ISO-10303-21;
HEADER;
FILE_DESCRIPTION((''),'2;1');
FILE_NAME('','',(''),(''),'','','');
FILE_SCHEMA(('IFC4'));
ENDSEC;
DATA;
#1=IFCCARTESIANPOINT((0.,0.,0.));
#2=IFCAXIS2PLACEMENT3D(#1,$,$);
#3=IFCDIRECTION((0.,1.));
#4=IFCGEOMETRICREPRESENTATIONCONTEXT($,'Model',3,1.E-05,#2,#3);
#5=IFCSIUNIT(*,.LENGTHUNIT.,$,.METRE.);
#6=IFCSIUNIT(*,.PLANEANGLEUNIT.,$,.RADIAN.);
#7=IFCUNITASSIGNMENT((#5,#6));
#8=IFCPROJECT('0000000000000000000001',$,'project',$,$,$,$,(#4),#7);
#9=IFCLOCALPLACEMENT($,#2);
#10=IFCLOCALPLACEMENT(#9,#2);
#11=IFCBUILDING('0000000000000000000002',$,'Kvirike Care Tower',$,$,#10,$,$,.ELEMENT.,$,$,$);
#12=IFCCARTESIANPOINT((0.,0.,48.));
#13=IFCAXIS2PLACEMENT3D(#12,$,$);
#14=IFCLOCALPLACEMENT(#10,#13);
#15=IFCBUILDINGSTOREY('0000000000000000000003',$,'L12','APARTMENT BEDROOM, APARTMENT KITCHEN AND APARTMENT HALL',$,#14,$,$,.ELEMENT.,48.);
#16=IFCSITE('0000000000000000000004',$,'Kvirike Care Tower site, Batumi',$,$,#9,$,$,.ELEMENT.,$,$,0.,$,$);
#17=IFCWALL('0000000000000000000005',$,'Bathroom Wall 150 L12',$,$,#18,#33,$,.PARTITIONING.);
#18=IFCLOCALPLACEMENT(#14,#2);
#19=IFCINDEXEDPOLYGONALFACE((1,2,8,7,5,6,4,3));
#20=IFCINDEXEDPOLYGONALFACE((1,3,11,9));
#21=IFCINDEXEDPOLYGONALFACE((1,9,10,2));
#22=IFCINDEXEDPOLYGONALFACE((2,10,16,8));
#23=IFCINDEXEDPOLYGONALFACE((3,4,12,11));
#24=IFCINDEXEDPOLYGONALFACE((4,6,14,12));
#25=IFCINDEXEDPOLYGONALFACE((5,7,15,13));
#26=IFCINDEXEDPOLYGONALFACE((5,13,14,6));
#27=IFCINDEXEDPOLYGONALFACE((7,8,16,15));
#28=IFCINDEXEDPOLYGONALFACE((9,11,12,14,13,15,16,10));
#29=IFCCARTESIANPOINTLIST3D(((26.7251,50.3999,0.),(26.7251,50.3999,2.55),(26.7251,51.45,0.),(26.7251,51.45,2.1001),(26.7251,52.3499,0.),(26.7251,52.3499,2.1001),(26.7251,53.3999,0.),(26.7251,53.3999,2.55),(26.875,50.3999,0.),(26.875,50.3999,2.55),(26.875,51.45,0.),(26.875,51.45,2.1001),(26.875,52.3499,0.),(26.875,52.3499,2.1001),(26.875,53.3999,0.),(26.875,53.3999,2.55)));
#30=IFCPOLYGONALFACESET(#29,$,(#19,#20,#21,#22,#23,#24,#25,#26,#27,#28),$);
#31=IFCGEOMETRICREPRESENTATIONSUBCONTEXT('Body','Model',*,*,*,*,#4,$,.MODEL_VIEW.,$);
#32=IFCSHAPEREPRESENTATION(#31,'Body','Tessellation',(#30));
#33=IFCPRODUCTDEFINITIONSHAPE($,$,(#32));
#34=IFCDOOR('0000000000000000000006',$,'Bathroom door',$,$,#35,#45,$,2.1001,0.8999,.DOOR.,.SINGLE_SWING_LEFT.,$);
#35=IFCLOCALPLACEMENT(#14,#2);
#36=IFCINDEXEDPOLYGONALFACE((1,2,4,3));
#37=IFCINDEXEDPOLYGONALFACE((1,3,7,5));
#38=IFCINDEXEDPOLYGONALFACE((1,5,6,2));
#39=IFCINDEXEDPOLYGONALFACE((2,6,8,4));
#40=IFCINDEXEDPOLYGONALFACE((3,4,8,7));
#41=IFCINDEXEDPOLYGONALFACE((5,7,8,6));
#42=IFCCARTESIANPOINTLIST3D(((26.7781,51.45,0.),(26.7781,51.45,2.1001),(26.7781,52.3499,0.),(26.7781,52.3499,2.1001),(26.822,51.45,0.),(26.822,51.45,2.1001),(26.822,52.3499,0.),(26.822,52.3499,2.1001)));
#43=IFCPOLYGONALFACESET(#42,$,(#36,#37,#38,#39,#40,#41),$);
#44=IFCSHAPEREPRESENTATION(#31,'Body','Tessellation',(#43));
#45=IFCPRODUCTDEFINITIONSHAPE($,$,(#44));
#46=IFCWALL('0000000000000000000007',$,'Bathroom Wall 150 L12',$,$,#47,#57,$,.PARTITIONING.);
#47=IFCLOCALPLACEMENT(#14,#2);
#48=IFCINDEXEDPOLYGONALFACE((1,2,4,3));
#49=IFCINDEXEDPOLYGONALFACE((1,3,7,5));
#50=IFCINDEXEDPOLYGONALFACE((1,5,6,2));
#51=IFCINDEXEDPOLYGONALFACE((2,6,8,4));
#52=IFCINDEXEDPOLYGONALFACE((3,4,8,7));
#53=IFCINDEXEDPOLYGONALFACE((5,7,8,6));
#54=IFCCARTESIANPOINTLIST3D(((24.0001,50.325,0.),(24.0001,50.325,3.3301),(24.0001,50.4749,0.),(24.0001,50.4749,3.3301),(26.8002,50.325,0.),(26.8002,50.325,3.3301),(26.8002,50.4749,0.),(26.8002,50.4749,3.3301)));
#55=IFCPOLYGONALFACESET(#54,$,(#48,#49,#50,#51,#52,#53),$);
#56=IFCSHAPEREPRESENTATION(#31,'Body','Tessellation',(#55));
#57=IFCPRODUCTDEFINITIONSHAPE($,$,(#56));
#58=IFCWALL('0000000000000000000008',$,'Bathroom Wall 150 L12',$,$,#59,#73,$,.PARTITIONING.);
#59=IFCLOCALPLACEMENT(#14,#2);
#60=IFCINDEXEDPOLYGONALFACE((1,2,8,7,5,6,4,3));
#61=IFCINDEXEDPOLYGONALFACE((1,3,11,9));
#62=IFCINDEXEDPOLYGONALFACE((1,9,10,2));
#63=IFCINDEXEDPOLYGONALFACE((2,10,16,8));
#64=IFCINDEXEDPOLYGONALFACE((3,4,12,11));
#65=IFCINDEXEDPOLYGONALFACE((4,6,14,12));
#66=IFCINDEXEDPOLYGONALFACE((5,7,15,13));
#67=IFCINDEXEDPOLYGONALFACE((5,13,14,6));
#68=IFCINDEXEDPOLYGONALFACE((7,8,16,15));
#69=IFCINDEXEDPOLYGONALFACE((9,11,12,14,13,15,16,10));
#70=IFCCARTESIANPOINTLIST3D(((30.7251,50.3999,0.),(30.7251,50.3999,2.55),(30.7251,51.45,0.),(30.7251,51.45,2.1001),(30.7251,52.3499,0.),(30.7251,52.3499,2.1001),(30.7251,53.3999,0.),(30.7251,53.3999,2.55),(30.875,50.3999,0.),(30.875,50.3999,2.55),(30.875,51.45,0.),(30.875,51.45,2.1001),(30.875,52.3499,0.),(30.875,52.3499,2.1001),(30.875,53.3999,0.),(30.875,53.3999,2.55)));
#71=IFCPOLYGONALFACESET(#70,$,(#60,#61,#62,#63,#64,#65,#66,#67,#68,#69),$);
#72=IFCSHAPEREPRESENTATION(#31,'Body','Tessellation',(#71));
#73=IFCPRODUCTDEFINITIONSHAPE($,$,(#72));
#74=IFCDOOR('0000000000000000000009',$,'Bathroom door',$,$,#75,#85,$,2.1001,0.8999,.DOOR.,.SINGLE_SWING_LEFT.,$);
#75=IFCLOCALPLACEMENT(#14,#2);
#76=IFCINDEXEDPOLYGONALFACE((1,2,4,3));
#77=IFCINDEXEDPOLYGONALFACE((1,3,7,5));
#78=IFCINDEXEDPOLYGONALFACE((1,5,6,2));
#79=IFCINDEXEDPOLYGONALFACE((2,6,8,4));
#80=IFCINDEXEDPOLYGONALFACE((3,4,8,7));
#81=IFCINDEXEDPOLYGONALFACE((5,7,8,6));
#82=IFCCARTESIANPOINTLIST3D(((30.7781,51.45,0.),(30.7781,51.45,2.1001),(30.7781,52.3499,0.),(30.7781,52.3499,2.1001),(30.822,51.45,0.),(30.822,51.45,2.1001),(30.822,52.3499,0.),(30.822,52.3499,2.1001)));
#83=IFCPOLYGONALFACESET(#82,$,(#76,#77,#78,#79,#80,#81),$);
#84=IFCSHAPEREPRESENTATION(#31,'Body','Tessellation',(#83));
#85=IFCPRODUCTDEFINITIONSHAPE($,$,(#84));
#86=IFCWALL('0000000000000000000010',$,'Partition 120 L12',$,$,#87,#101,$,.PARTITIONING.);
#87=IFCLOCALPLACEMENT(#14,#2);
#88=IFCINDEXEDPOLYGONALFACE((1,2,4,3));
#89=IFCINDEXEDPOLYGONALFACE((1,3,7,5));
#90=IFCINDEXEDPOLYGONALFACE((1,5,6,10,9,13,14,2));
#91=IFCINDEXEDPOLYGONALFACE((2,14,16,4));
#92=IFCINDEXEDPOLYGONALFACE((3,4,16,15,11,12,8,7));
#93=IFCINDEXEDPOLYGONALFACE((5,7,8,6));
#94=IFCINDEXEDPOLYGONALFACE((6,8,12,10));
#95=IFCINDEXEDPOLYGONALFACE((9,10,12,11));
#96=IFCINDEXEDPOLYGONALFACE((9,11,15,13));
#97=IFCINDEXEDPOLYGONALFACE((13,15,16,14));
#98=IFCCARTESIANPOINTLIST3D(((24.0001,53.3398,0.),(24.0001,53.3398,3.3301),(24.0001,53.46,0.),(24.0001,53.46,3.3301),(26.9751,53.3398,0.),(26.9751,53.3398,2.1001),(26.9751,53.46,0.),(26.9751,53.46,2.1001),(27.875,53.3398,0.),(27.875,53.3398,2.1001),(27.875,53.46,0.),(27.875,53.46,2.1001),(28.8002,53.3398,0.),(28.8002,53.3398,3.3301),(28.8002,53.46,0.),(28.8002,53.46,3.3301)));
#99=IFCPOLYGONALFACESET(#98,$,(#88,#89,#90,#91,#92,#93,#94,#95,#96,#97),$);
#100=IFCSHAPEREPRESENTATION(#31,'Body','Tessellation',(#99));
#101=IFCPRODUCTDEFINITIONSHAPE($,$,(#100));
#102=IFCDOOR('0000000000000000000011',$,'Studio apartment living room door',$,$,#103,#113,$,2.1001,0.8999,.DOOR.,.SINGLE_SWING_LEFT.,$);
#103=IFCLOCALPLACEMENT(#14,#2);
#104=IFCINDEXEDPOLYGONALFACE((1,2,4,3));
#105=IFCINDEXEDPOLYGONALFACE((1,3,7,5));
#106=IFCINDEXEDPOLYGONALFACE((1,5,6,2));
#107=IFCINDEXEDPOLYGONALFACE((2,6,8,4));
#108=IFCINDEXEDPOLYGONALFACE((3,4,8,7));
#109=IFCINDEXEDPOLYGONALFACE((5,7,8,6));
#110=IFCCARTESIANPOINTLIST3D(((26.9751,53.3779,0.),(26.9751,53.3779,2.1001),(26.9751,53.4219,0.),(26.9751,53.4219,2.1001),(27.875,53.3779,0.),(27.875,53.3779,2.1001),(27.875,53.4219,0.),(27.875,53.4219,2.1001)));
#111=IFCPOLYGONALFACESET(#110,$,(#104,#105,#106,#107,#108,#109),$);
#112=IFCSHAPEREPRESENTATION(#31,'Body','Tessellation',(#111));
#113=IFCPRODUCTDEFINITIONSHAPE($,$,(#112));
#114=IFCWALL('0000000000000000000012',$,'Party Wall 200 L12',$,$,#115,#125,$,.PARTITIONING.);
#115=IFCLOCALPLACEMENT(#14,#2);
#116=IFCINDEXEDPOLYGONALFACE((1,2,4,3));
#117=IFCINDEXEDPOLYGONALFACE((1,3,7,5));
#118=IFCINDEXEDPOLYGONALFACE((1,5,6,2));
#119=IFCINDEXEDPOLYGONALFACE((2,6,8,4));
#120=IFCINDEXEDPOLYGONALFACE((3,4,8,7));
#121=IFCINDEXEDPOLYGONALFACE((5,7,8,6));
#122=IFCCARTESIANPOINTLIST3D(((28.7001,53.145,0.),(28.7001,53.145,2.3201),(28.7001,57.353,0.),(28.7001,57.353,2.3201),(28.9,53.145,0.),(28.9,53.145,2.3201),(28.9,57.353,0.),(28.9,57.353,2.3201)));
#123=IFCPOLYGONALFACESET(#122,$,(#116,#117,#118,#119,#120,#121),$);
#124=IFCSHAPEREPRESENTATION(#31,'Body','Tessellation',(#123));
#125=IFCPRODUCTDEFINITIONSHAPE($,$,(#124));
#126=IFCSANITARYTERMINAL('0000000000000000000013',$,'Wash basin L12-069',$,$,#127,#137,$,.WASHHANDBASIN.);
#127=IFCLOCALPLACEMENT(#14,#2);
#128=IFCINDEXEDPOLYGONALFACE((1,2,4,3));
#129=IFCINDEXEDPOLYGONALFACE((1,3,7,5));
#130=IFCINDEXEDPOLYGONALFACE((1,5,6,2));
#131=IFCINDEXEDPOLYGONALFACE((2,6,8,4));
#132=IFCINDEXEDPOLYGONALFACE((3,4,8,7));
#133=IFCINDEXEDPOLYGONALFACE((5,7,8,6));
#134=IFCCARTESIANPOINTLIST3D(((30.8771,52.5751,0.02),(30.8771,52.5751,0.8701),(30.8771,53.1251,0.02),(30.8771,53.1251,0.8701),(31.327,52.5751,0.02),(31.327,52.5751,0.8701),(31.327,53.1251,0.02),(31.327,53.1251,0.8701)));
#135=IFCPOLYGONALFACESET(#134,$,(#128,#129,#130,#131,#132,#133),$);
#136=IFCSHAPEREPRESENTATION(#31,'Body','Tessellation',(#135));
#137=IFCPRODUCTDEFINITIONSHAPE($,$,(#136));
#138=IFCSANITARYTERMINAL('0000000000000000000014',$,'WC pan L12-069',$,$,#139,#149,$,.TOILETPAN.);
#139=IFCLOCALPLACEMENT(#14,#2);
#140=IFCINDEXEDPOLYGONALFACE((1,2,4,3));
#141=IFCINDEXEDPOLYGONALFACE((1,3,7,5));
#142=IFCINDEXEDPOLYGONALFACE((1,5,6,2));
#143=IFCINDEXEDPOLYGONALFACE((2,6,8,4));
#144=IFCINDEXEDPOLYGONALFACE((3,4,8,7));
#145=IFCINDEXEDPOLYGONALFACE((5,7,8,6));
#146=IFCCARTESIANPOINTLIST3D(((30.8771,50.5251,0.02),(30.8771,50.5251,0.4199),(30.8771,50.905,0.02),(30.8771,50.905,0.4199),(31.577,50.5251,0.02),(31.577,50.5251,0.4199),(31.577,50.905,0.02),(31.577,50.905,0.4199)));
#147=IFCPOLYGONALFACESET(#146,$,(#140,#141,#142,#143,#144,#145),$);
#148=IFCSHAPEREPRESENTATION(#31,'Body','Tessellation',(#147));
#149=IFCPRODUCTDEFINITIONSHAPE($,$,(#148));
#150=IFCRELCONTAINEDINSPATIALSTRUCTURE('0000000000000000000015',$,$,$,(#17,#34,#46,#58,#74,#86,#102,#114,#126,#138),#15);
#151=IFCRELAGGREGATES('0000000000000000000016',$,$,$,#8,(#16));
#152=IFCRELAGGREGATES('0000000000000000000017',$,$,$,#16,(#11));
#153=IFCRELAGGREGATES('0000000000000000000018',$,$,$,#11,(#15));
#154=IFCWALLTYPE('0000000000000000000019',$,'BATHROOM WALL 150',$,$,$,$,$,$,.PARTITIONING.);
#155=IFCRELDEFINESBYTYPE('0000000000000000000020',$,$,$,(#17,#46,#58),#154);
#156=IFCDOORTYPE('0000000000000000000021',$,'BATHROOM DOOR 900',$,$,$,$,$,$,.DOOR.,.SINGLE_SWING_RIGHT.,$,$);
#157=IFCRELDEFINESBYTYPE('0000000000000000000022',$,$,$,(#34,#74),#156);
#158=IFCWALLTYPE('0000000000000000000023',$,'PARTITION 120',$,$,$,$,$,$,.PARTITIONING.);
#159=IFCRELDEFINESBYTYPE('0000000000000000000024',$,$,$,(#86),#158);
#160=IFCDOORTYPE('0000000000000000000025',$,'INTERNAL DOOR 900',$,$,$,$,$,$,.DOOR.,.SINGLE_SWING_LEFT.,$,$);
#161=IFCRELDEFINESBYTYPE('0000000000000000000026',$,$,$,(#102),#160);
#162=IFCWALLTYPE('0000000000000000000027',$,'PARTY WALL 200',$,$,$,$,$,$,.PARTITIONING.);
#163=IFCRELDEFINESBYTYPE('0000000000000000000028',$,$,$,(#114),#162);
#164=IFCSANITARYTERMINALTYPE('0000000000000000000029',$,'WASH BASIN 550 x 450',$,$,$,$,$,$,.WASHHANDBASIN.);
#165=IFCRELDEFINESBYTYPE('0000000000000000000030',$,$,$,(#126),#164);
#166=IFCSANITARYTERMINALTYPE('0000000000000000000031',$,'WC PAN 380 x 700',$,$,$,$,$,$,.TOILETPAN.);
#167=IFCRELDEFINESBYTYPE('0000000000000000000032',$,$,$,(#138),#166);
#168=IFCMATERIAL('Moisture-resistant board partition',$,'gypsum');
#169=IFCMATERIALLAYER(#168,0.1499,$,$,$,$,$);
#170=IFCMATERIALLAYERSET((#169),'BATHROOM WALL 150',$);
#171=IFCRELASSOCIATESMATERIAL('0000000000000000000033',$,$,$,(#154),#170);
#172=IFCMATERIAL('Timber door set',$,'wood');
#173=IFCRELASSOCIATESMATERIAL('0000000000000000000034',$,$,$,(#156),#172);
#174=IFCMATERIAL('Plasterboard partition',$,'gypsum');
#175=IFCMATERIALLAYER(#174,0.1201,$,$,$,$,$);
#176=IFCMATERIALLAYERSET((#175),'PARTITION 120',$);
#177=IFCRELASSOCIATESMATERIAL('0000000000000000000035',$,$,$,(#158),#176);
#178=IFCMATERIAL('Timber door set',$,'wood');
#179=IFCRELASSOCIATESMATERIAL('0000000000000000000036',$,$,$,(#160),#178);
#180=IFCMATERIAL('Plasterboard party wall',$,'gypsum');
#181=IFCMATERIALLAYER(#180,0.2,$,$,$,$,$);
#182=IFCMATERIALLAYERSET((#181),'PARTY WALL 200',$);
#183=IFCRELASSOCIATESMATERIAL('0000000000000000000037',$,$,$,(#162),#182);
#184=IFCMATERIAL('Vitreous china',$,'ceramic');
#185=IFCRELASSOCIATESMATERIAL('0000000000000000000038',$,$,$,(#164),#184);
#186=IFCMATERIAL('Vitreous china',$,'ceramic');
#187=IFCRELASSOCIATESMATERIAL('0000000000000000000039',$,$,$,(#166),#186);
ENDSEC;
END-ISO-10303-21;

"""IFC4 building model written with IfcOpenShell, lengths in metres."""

from ifc_helpers import new_model, si_unit, direction, frame, frame_2d, origin, origin_2d, place, context, subcontext, project, spatial, rectangle, extrude, material, layer, layer_set, type_object, element, fill, save


model = new_model("IFC4")

# Units and contexts
model_context = context("Model", 3, precision=1e-05, world=origin(), true_north=direction((0.0, 1.0)))
body_context = subcontext(model_context, "Body", "Model", "MODEL_VIEW")
ifc_project = project(units=[si_unit("LENGTHUNIT", "METRE"), si_unit("PLANEANGLEUNIT", "RADIAN")], contexts=[model_context])

# Site, building, storey
site_placement = place(None, origin())
site = spatial("IfcSite", under=ifc_project, at=site_placement, Name="Kvirike Care Tower site, Batumi", CompositionType="ELEMENT", RefElevation=0.0)
building_placement = place(site_placement, origin())
building = spatial("IfcBuilding", under=site, at=building_placement, Name="Kvirike Care Tower", CompositionType="ELEMENT")
storey_placement = place(building_placement, frame((0.0, 0.0, 48.0)))
storey = spatial("IfcBuildingStorey", under=building, at=storey_placement, Name="L12", Description="APARTMENT BEDROOM, APARTMENT KITCHEN AND APARTMENT HALL", CompositionType="ELEMENT", Elevation=48.0)

# Wall, opening, door
ifc_material_1 = material(Name="Moisture-resistant board partition", Category="gypsum")
ifc_layer_1 = layer(ifc_material_1, 0.1499)
ifc_layer_set_1 = layer_set([ifc_layer_1], Name="BATHROOM WALL 150")
wall_type_1 = type_object("IfcWallType", Name="BATHROOM WALL 150", PredefinedType="PARTITIONING", material=ifc_layer_set_1)
wall_1_placement = place(storey_placement, frame((26.8, 53.3999, 0.0), z_axis=(0.0, 0.0, 1.0), x_axis=(0.0, -1.0, 0.0)))
wall_1 = element("IfcWall", 1, at=wall_1_placement, inside=storey, type_object=wall_type_1, Name="Bathroom Wall 150 L12", PredefinedType="PARTITIONING", context=body_context, shape_type="SweptSolid", body=[
    extrude(rectangle(XDim=3.0, YDim=0.1499, at=frame_2d((1.5, 0.0))), origin(), (0.0, 0.0, 1.0), 2.55),
])
opening_1_placement = place(wall_1_placement, frame((1.05, 0.0, 0.0)))
opening_1 = element("IfcOpeningElement", 2, at=opening_1_placement, cuts=wall_1, PredefinedType="OPENING", context=body_context, shape_type="SweptSolid", body=[
    extrude(rectangle(XDim=0.8999, YDim=2.1001, at=frame_2d((0.45, 1.05))), frame((0.0, 0.0854, 0.0), z_axis=(0.0, -1.0, 0.0), x_axis=(1.0, 0.0, 0.0)), (0.0, 0.0, 1.0), 0.1709),
])
ifc_material_2 = material(Name="Timber door set", Category="wood")
door_type_1 = type_object("IfcDoorType", Name="BATHROOM DOOR 900", OperationType="SINGLE_SWING_RIGHT", PredefinedType="DOOR", material=ifc_material_2)
door_1_placement = place(opening_1_placement, frame((0.8999, 0.0, 0.0), z_axis=(0.0, 0.0, 1.0), x_axis=(-1.0, 0.0, 0.0)))
door_1 = element("IfcDoor", 3, at=door_1_placement, inside=storey, type_object=door_type_1, Name="Bathroom door", OperationType="SINGLE_SWING_LEFT", OverallHeight=2.1001, OverallWidth=0.8999, PredefinedType="DOOR", context=body_context, shape_type="SweptSolid", body=[
    extrude(rectangle(XDim=0.8999, YDim=2.1001, at=frame_2d((0.45, 1.05))), frame((0.0, 0.022, 0.0), z_axis=(0.0, -1.0, 0.0), x_axis=(1.0, 0.0, 0.0)), (0.0, 0.0, 1.0), 0.0439),
])
fill(opening_1, door_1)

# Wall
wall_2_placement = place(storey_placement, frame((26.8, 50.3999, 0.0), z_axis=(0.0, 0.0, 1.0), x_axis=(-1.0, 0.0, 0.0)))
element("IfcWall", 4, at=wall_2_placement, inside=storey, type_object=wall_type_1, Name="Bathroom Wall 150 L12", PredefinedType="PARTITIONING", context=body_context, shape_type="SweptSolid", body=[
    extrude(rectangle(XDim=2.8, YDim=0.1499, at=frame_2d((1.3999, 0.0))), origin(), (0.0, 0.0, 1.0), 3.3301),
])

# Walls, openings, doors
wall_3_placement = place(storey_placement, frame((30.8, 53.3999, 0.0), z_axis=(0.0, 0.0, 1.0), x_axis=(0.0, -1.0, 0.0)))
wall_3 = element("IfcWall", 5, at=wall_3_placement, inside=storey, type_object=wall_type_1, Name="Bathroom Wall 150 L12", PredefinedType="PARTITIONING", context=body_context, shape_type="SweptSolid", body=[
    extrude(rectangle(XDim=3.0, YDim=0.1499, at=frame_2d((1.5, 0.0))), origin(), (0.0, 0.0, 1.0), 2.55),
])
opening_2_placement = place(wall_3_placement, frame((1.05, 0.0, 0.0)))
opening_2 = element("IfcOpeningElement", 6, at=opening_2_placement, cuts=wall_3, PredefinedType="OPENING", context=body_context, shape_type="SweptSolid", body=[
    extrude(rectangle(XDim=0.8999, YDim=2.1001, at=frame_2d((0.45, 1.05))), frame((0.0, 0.0854, 0.0), z_axis=(0.0, -1.0, 0.0), x_axis=(1.0, 0.0, 0.0)), (0.0, 0.0, 1.0), 0.1709),
])
door_2_placement = place(opening_2_placement, origin())
door_2 = element("IfcDoor", 7, at=door_2_placement, inside=storey, type_object=door_type_1, Name="Bathroom door", OperationType="SINGLE_SWING_LEFT", OverallHeight=2.1001, OverallWidth=0.8999, PredefinedType="DOOR", context=body_context, shape_type="SweptSolid", body=[
    extrude(rectangle(XDim=0.8999, YDim=2.1001, at=frame_2d((0.45, 1.05))), frame((0.0, 0.022, 0.0), z_axis=(0.0, -1.0, 0.0), x_axis=(1.0, 0.0, 0.0)), (0.0, 0.0, 1.0), 0.0439),
])
fill(opening_2, door_2)
ifc_material_3 = material(Name="Plasterboard partition", Category="gypsum")
ifc_layer_2 = layer(ifc_material_3, 0.1201)
ifc_layer_set_2 = layer_set([ifc_layer_2], Name="PARTITION 120")
wall_type_2 = type_object("IfcWallType", Name="PARTITION 120", PredefinedType="PARTITIONING", material=ifc_layer_set_2)
wall_4_placement = place(storey_placement, frame((28.8, 53.3999, 0.0), z_axis=(0.0, 0.0, 1.0), x_axis=(-1.0, 0.0, 0.0)))
wall_4 = element("IfcWall", 8, at=wall_4_placement, inside=storey, type_object=wall_type_2, Name="Partition 120 L12", PredefinedType="PARTITIONING", context=body_context, shape_type="SweptSolid", body=[
    extrude(rectangle(XDim=4.8, YDim=0.1201, at=frame_2d((2.3999, 0.0))), origin(), (0.0, 0.0, 1.0), 3.3301),
])
opening_3_placement = place(wall_4_placement, frame((0.925, 0.0, 0.0)))
opening_3 = element("IfcOpeningElement", 9, at=opening_3_placement, cuts=wall_4, PredefinedType="OPENING", context=body_context, shape_type="SweptSolid", body=[
    extrude(rectangle(XDim=0.8999, YDim=2.1001, at=frame_2d((0.45, 1.05))), frame((0.0, 0.0706, 0.0), z_axis=(0.0, -1.0, 0.0), x_axis=(1.0, 0.0, 0.0)), (0.0, 0.0, 1.0), 0.1411),
])
ifc_material_4 = material(Name="Timber door set", Category="wood")
door_type_2 = type_object("IfcDoorType", Name="INTERNAL DOOR 900", OperationType="SINGLE_SWING_LEFT", PredefinedType="DOOR", material=ifc_material_4)
door_3_placement = place(opening_3_placement, frame((0.8999, 0.0, 0.0), z_axis=(0.0, 0.0, 1.0), x_axis=(-1.0, 0.0, 0.0)))
door_3 = element("IfcDoor", 10, at=door_3_placement, inside=storey, type_object=door_type_2, Name="Studio apartment living room door", OperationType="SINGLE_SWING_LEFT", OverallHeight=2.1001, OverallWidth=0.8999, PredefinedType="DOOR", context=body_context, shape_type="SweptSolid", body=[
    extrude(rectangle(XDim=0.8999, YDim=2.1001, at=frame_2d((0.45, 1.05))), frame((0.0, 0.022, 0.0), z_axis=(0.0, -1.0, 0.0), x_axis=(1.0, 0.0, 0.0)), (0.0, 0.0, 1.0), 0.0439),
])
fill(opening_3, door_3)

# Wall
ifc_material_5 = material(Name="Plasterboard party wall", Category="gypsum")
ifc_layer_3 = layer(ifc_material_5, 0.2)
ifc_layer_set_3 = layer_set([ifc_layer_3], Name="PARTY WALL 200")
wall_type_3 = type_object("IfcWallType", Name="PARTY WALL 200", PredefinedType="PARTITIONING", material=ifc_layer_set_3)
wall_5_placement = place(storey_placement, frame((28.8, 53.145, 0.0), z_axis=(0.0, 0.0, 1.0), x_axis=(0.0, 1.0, 0.0)))
element("IfcWall", 11, at=wall_5_placement, inside=storey, type_object=wall_type_3, Name="Party Wall 200 L12", PredefinedType="PARTITIONING", context=body_context, shape_type="SweptSolid", body=[
    extrude(rectangle(XDim=4.208, YDim=0.2, at=frame_2d((2.104, 0.0))), origin(), (0.0, 0.0, 1.0), 2.3201),
])

# Sanitary terminals
ifc_material_6 = material(Name="Vitreous china", Category="ceramic")
sanitary_terminal_type_1 = type_object("IfcSanitaryTerminalType", Name="WASH BASIN 550 x 450", PredefinedType="WASHHANDBASIN", material=ifc_material_6)
sanitary_terminal_1_placement = place(storey_placement, frame((31.1021, 52.8501, 0.02), z_axis=(0.0, 0.0, 1.0), x_axis=(0.0, 1.0, 0.0)))
element("IfcSanitaryTerminal", 12, at=sanitary_terminal_1_placement, inside=storey, type_object=sanitary_terminal_type_1, Name="Wash basin L12-069", PredefinedType="WASHHANDBASIN", context=body_context, shape_type="SweptSolid", body=[
    extrude(rectangle(XDim=0.55, YDim=0.45, at=origin_2d()), origin(), (0.0, 0.0, 1.0), 0.8501),
])
ifc_material_7 = material(Name="Vitreous china", Category="ceramic")
sanitary_terminal_type_2 = type_object("IfcSanitaryTerminalType", Name="WC PAN 380 x 700", PredefinedType="TOILETPAN", material=ifc_material_7)
sanitary_terminal_2_placement = place(storey_placement, frame((31.2271, 50.7151, 0.02), z_axis=(0.0, 0.0, 1.0), x_axis=(0.0, 1.0, 0.0)))
element("IfcSanitaryTerminal", 13, at=sanitary_terminal_2_placement, inside=storey, type_object=sanitary_terminal_type_2, Name="WC pan L12-069", PredefinedType="TOILETPAN", context=body_context, shape_type="SweptSolid", body=[
    extrude(rectangle(XDim=0.3799, YDim=0.7, at=origin_2d()), origin(), (0.0, 0.0, 1.0), 0.3999),
])

save(model, "model.ifc")
